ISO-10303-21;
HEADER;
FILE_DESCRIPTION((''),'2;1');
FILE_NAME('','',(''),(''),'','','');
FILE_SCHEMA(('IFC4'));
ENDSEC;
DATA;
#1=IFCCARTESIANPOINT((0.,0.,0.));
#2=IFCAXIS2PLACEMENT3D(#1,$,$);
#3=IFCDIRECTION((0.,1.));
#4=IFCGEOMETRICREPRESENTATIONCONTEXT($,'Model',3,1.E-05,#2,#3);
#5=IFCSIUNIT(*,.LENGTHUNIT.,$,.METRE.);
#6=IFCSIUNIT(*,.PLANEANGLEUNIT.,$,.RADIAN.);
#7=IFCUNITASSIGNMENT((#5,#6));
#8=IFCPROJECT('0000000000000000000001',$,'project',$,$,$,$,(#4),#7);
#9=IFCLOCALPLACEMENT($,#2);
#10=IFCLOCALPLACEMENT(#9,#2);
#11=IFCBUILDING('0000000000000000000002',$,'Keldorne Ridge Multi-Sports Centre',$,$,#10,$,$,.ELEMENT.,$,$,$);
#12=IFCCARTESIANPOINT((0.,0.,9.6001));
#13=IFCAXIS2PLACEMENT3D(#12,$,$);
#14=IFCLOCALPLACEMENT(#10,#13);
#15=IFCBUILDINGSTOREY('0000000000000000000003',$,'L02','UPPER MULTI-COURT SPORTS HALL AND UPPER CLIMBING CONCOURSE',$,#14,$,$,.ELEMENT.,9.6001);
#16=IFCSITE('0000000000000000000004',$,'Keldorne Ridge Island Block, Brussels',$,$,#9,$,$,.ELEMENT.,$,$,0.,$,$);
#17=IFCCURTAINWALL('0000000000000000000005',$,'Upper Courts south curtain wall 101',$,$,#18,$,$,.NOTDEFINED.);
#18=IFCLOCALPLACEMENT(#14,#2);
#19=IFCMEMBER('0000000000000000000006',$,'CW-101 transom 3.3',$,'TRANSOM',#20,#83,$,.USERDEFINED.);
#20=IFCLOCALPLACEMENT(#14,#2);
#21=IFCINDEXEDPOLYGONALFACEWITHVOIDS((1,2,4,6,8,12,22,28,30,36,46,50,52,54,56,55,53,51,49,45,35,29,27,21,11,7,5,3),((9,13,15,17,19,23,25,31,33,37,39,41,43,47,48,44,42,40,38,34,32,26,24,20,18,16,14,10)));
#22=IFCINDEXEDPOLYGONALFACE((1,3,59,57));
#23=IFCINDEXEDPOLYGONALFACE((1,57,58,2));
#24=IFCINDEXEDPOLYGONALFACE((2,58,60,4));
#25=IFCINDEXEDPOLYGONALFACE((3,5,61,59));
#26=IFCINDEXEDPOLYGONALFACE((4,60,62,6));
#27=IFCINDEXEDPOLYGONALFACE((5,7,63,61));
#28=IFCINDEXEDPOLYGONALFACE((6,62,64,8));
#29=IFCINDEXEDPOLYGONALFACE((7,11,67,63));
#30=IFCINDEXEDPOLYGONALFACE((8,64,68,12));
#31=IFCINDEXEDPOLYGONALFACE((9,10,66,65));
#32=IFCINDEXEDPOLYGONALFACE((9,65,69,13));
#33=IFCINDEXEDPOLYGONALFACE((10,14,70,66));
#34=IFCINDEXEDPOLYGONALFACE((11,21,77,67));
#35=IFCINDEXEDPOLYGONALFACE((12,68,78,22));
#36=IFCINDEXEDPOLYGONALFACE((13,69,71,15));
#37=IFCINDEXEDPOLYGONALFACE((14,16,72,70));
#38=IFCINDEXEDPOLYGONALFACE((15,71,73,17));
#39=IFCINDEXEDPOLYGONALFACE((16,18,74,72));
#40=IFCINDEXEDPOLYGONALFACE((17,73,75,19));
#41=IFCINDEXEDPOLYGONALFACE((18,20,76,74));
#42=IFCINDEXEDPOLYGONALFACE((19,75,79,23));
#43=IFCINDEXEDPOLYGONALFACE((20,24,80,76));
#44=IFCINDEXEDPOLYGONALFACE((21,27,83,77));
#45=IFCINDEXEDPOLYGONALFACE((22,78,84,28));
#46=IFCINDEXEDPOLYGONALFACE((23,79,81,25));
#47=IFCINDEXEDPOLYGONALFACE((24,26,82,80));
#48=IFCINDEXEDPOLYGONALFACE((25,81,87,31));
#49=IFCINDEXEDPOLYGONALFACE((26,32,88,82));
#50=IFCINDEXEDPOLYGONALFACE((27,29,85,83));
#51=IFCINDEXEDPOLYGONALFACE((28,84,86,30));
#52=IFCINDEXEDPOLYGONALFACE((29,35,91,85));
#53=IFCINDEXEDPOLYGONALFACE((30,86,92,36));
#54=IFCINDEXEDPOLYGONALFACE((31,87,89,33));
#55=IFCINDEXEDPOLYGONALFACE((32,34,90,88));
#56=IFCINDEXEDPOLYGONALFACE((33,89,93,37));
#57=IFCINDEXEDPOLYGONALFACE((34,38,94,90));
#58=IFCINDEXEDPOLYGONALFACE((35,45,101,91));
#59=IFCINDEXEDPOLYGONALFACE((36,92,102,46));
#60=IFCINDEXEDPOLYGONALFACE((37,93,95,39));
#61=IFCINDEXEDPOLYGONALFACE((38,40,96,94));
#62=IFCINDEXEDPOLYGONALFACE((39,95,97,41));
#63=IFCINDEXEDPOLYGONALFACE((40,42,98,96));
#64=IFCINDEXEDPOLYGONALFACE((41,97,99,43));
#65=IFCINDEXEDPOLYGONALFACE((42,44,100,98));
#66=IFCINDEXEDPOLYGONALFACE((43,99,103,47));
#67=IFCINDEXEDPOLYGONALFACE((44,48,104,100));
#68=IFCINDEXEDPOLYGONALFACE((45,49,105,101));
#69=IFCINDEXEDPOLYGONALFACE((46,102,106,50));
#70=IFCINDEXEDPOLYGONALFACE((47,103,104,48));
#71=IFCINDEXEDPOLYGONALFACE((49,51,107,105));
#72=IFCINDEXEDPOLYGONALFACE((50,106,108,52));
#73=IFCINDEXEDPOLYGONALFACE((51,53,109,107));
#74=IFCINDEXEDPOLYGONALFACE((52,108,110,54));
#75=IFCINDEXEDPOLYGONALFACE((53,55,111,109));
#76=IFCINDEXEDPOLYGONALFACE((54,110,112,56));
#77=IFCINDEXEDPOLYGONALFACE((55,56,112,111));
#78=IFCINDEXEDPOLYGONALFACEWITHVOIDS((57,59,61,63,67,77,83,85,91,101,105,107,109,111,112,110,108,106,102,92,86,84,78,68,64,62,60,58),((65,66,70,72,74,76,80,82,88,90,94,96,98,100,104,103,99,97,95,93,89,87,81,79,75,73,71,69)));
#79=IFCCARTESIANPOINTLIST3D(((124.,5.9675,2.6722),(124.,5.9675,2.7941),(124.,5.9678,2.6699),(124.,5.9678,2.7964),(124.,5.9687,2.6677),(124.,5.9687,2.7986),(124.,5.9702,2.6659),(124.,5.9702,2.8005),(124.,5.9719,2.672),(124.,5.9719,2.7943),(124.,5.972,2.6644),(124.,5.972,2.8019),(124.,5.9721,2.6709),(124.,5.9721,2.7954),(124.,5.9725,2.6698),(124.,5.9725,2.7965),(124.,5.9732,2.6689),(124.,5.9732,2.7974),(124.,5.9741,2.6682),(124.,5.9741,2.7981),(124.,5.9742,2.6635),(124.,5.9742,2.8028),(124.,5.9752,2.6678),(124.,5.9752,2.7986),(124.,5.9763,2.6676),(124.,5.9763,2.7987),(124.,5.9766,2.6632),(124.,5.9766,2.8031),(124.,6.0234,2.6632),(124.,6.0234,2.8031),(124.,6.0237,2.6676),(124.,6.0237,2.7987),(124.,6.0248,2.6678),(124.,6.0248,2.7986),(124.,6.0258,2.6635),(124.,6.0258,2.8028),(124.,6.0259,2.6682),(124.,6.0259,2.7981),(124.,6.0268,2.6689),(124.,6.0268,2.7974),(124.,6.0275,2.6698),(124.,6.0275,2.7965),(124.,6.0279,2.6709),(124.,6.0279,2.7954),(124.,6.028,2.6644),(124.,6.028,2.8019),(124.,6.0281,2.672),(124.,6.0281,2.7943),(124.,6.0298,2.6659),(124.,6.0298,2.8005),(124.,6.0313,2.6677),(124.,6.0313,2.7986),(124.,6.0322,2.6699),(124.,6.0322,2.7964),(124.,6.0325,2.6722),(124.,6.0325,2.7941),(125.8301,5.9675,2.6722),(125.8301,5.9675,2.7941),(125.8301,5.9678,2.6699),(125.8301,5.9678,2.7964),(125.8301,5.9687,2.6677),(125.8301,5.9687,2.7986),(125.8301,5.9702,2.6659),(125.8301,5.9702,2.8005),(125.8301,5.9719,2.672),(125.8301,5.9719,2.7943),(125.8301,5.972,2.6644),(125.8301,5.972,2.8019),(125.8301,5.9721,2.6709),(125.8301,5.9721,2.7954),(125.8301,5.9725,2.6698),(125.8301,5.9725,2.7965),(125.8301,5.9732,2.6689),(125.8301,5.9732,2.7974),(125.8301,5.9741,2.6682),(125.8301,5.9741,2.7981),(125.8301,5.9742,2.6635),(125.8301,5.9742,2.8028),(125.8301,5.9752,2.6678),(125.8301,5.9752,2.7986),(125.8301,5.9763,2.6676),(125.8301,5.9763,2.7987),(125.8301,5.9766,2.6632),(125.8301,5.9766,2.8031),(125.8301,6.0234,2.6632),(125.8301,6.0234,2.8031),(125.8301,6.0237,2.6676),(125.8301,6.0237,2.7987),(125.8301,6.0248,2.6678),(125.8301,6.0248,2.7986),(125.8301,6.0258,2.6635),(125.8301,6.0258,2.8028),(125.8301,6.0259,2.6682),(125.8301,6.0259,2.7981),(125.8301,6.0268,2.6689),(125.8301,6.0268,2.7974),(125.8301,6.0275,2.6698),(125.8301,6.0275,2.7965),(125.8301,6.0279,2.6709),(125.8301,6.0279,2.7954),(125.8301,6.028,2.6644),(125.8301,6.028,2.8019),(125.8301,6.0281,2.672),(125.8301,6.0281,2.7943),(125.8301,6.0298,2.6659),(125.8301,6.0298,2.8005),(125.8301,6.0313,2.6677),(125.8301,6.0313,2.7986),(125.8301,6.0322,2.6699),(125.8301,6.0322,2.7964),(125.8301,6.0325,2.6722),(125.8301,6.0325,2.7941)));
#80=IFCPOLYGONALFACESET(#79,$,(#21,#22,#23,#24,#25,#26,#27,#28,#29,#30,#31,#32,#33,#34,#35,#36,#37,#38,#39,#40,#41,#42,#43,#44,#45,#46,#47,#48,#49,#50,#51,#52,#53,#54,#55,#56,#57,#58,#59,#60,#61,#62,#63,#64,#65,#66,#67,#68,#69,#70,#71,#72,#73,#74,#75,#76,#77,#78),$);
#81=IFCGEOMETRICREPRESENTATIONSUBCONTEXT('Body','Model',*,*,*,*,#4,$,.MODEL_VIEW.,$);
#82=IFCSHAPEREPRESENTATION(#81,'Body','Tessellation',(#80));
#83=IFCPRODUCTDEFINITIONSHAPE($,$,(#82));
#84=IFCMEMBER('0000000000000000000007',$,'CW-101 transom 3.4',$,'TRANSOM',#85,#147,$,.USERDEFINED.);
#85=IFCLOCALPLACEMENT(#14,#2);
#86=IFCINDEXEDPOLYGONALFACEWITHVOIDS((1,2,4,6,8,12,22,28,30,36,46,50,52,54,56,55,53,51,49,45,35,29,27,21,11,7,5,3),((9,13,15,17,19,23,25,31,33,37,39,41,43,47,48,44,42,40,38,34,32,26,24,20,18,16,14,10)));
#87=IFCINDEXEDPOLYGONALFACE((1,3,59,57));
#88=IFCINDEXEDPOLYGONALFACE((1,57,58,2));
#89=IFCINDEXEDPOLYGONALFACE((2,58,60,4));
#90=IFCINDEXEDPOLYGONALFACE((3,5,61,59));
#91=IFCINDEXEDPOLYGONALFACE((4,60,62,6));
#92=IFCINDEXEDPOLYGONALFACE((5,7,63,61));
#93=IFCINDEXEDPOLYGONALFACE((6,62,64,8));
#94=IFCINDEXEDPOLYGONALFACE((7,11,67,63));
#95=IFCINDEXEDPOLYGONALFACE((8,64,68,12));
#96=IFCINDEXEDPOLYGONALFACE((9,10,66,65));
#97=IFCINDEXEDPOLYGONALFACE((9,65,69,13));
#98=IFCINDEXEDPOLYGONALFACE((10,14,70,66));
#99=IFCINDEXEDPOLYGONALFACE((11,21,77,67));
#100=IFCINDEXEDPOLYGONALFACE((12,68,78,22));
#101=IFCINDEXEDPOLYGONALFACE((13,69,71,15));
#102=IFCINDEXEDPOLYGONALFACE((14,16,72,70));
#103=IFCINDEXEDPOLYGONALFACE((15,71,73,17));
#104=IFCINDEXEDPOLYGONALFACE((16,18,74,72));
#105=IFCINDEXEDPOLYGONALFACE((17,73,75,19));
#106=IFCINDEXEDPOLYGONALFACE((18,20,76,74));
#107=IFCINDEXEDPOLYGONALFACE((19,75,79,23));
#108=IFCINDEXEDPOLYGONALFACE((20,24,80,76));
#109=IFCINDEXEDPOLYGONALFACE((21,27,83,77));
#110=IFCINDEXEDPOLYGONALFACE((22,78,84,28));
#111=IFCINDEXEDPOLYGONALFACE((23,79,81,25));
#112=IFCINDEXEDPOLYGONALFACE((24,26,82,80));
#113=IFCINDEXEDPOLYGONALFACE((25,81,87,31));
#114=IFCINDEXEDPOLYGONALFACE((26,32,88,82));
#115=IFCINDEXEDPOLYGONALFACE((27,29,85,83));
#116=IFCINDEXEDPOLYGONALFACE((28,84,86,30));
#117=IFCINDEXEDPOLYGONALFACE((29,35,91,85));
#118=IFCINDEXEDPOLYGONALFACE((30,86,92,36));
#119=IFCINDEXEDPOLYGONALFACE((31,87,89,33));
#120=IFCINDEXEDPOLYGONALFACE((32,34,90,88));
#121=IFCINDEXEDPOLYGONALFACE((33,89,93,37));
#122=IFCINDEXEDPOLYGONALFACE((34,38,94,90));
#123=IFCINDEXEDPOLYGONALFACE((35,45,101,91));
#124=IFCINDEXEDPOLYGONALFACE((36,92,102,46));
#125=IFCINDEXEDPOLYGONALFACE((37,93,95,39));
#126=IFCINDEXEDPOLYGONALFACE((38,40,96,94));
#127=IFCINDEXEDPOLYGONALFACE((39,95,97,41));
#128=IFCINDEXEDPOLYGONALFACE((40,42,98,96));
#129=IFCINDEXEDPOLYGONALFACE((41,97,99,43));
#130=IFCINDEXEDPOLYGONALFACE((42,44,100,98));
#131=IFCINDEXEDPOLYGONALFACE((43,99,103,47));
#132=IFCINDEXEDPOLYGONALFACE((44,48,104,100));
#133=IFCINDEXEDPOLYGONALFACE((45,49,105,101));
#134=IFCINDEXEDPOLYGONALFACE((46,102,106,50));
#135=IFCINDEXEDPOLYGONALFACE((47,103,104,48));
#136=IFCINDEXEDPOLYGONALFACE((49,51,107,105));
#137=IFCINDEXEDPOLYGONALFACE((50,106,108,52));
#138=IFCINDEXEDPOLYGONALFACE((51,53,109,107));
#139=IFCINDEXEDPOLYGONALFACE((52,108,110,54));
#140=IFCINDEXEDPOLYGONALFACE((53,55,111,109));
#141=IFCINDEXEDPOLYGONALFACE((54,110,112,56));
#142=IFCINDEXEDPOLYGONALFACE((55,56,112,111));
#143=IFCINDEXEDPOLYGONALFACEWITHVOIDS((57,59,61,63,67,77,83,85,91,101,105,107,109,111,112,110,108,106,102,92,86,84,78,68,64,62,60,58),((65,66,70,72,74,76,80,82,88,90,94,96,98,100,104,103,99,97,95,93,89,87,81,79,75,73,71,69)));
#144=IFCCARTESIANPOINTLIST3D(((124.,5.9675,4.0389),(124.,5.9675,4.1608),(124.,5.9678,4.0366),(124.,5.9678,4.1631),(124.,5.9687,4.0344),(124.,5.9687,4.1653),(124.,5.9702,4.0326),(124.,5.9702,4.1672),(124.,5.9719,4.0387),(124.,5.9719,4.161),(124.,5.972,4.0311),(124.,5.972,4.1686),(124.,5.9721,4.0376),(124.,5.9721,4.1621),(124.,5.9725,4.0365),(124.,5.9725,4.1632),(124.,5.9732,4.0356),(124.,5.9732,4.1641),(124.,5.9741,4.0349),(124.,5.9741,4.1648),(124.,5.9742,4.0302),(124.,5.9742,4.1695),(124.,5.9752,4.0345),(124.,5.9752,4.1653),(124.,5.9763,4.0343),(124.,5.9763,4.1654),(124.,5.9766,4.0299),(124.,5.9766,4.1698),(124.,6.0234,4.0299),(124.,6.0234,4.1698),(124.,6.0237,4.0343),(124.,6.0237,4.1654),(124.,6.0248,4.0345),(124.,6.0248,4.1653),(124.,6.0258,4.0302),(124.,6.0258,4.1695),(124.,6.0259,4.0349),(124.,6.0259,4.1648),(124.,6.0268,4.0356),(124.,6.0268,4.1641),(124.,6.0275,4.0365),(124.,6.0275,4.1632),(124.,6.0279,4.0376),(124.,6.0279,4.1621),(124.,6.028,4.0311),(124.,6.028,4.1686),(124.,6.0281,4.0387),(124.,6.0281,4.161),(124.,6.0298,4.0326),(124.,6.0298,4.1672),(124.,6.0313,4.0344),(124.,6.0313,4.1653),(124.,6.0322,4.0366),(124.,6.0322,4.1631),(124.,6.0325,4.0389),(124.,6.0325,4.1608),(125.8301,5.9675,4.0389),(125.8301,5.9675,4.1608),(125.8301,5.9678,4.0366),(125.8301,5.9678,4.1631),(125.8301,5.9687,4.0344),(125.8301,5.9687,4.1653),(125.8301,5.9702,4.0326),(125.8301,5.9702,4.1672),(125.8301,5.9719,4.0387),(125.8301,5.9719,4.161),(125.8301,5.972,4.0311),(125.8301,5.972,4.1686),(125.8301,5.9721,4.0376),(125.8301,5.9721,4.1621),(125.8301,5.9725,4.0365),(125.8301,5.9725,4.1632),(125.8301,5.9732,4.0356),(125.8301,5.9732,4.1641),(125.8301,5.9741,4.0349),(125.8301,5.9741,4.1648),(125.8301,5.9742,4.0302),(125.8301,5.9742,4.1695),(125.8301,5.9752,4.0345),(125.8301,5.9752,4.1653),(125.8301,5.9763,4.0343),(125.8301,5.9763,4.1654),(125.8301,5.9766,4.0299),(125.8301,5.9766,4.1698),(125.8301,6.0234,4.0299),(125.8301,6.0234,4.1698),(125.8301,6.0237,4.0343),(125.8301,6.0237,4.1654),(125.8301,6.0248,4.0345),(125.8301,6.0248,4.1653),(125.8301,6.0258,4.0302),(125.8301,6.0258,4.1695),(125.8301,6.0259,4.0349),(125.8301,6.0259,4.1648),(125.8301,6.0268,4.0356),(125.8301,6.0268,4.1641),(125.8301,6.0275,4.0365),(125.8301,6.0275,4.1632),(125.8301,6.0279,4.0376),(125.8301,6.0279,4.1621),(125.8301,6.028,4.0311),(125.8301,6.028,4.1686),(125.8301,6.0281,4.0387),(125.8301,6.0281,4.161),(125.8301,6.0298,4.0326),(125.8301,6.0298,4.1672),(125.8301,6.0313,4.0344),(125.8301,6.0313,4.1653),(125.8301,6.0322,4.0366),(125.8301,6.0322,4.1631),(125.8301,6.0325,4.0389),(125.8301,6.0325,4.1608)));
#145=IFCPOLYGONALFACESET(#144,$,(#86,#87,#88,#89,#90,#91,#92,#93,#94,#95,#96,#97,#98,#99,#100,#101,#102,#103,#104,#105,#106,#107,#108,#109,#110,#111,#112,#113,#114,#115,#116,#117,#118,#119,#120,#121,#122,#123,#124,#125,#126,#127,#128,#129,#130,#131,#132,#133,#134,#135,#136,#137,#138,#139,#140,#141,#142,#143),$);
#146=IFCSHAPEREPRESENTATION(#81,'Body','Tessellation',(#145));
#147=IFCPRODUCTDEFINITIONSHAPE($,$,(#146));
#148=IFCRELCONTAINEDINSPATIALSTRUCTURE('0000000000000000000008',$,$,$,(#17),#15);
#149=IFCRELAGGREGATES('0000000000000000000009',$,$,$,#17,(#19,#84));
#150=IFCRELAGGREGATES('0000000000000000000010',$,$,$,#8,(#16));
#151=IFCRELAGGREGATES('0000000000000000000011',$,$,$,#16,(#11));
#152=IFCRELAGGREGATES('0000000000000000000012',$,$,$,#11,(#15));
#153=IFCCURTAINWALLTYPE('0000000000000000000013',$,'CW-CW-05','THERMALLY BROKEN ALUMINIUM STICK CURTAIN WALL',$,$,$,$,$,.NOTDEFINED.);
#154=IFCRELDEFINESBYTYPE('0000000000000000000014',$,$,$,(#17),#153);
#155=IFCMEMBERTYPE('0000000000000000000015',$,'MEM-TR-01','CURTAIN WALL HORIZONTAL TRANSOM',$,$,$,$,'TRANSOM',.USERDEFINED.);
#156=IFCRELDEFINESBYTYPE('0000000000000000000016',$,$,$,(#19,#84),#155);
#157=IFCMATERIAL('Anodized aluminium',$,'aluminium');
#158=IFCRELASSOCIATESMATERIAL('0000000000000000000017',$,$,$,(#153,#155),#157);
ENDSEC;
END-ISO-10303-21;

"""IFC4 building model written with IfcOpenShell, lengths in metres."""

from ifc_helpers import new_model, si_unit, direction, frame, origin, origin_2d, place, context, subcontext, project, spatial, hollow_rectangle, extrude, material, material_profile, profile_set, type_object, element, aggregate, save


model = new_model("IFC4")

# Units and contexts
model_context = context("Model", 3, precision=1e-05, world=origin(), true_north=direction((0.0, 1.0)))
body_context = subcontext(model_context, "Body", "Model", "MODEL_VIEW")
ifc_project = project(units=[si_unit("LENGTHUNIT", "METRE"), si_unit("PLANEANGLEUNIT", "RADIAN")], contexts=[model_context])

# Site, building, storey
site_placement = place(None, origin())
site = spatial("IfcSite", under=ifc_project, at=site_placement, Name="Keldorne Ridge Island Block, Brussels", CompositionType="ELEMENT", RefElevation=0.0)
building_placement = place(site_placement, origin())
building = spatial("IfcBuilding", under=site, at=building_placement, Name="Keldorne Ridge Multi-Sports Centre", CompositionType="ELEMENT")
storey_placement = place(building_placement, frame((0.0, 0.0, 9.6001)))
storey = spatial("IfcBuildingStorey", under=building, at=storey_placement, Name="L02", Description="UPPER MULTI-COURT SPORTS HALL AND UPPER CLIMBING CONCOURSE", CompositionType="ELEMENT", Elevation=9.6001)

# Curtain wall, members
ifc_material_1 = material(Name="Anodized aluminium", Category="aluminium")
curtain_wall_type = type_object("IfcCurtainWallType", Name="CW-CW-05", Description="THERMALLY BROKEN ALUMINIUM STICK CURTAIN WALL", PredefinedType="NOTDEFINED", material=ifc_material_1)
curtain_wall_placement = place(storey_placement, origin())
curtain_wall = element("IfcCurtainWall", 1, at=curtain_wall_placement, inside=storey, type_object=curtain_wall_type, Name="Upper Courts south curtain wall 101", PredefinedType="NOTDEFINED")
ifc_material_profile_1 = material_profile(ifc_material_1, hollow_rectangle(XDim=0.0649, YDim=0.1399, WallThickness=0.0044, InnerFilletRadius=0.0044, OuterFilletRadius=0.009, at=origin_2d()), Name="ALU TRANSOM 140x65x4.5")
ifc_profile_set_1 = profile_set([ifc_material_profile_1], Name="Anodized aluminium")
member_type_1 = type_object("IfcMemberType", Name="MEM-TR-01", Description="CURTAIN WALL HORIZONTAL TRANSOM", ElementType="TRANSOM", PredefinedType="USERDEFINED", material=ifc_profile_set_1)
member_1_placement = place(storey_placement, frame((124.0, 6.0, 2.7332), z_axis=(1.0, 0.0, 0.0), x_axis=(0.0, 1.0, 0.0)))
member_1 = element("IfcMember", 2, at=member_1_placement, type_object=member_type_1, Name="CW-101 transom 3.3", ObjectType="TRANSOM", PredefinedType="USERDEFINED", context=body_context, shape_type="SweptSolid", body=[
    extrude(hollow_rectangle(XDim=0.0649, YDim=0.1399, WallThickness=0.0044, InnerFilletRadius=0.0044, OuterFilletRadius=0.009, at=origin_2d()), origin(), (0.0, 0.0, 1.0), 1.8301),
])
member_2_placement = place(storey_placement, frame((124.0, 6.0, 4.0999), z_axis=(1.0, 0.0, 0.0), x_axis=(0.0, 1.0, 0.0)))
member_2 = element("IfcMember", 3, at=member_2_placement, type_object=member_type_1, Name="CW-101 transom 3.4", ObjectType="TRANSOM", PredefinedType="USERDEFINED", context=body_context, shape_type="SweptSolid", body=[
    extrude(hollow_rectangle(XDim=0.0649, YDim=0.1399, WallThickness=0.0044, InnerFilletRadius=0.0044, OuterFilletRadius=0.009, at=origin_2d()), origin(), (0.0, 0.0, 1.0), 1.8301),
])
aggregate(curtain_wall, [member_1, member_2])

save(model, "model.ifc")
